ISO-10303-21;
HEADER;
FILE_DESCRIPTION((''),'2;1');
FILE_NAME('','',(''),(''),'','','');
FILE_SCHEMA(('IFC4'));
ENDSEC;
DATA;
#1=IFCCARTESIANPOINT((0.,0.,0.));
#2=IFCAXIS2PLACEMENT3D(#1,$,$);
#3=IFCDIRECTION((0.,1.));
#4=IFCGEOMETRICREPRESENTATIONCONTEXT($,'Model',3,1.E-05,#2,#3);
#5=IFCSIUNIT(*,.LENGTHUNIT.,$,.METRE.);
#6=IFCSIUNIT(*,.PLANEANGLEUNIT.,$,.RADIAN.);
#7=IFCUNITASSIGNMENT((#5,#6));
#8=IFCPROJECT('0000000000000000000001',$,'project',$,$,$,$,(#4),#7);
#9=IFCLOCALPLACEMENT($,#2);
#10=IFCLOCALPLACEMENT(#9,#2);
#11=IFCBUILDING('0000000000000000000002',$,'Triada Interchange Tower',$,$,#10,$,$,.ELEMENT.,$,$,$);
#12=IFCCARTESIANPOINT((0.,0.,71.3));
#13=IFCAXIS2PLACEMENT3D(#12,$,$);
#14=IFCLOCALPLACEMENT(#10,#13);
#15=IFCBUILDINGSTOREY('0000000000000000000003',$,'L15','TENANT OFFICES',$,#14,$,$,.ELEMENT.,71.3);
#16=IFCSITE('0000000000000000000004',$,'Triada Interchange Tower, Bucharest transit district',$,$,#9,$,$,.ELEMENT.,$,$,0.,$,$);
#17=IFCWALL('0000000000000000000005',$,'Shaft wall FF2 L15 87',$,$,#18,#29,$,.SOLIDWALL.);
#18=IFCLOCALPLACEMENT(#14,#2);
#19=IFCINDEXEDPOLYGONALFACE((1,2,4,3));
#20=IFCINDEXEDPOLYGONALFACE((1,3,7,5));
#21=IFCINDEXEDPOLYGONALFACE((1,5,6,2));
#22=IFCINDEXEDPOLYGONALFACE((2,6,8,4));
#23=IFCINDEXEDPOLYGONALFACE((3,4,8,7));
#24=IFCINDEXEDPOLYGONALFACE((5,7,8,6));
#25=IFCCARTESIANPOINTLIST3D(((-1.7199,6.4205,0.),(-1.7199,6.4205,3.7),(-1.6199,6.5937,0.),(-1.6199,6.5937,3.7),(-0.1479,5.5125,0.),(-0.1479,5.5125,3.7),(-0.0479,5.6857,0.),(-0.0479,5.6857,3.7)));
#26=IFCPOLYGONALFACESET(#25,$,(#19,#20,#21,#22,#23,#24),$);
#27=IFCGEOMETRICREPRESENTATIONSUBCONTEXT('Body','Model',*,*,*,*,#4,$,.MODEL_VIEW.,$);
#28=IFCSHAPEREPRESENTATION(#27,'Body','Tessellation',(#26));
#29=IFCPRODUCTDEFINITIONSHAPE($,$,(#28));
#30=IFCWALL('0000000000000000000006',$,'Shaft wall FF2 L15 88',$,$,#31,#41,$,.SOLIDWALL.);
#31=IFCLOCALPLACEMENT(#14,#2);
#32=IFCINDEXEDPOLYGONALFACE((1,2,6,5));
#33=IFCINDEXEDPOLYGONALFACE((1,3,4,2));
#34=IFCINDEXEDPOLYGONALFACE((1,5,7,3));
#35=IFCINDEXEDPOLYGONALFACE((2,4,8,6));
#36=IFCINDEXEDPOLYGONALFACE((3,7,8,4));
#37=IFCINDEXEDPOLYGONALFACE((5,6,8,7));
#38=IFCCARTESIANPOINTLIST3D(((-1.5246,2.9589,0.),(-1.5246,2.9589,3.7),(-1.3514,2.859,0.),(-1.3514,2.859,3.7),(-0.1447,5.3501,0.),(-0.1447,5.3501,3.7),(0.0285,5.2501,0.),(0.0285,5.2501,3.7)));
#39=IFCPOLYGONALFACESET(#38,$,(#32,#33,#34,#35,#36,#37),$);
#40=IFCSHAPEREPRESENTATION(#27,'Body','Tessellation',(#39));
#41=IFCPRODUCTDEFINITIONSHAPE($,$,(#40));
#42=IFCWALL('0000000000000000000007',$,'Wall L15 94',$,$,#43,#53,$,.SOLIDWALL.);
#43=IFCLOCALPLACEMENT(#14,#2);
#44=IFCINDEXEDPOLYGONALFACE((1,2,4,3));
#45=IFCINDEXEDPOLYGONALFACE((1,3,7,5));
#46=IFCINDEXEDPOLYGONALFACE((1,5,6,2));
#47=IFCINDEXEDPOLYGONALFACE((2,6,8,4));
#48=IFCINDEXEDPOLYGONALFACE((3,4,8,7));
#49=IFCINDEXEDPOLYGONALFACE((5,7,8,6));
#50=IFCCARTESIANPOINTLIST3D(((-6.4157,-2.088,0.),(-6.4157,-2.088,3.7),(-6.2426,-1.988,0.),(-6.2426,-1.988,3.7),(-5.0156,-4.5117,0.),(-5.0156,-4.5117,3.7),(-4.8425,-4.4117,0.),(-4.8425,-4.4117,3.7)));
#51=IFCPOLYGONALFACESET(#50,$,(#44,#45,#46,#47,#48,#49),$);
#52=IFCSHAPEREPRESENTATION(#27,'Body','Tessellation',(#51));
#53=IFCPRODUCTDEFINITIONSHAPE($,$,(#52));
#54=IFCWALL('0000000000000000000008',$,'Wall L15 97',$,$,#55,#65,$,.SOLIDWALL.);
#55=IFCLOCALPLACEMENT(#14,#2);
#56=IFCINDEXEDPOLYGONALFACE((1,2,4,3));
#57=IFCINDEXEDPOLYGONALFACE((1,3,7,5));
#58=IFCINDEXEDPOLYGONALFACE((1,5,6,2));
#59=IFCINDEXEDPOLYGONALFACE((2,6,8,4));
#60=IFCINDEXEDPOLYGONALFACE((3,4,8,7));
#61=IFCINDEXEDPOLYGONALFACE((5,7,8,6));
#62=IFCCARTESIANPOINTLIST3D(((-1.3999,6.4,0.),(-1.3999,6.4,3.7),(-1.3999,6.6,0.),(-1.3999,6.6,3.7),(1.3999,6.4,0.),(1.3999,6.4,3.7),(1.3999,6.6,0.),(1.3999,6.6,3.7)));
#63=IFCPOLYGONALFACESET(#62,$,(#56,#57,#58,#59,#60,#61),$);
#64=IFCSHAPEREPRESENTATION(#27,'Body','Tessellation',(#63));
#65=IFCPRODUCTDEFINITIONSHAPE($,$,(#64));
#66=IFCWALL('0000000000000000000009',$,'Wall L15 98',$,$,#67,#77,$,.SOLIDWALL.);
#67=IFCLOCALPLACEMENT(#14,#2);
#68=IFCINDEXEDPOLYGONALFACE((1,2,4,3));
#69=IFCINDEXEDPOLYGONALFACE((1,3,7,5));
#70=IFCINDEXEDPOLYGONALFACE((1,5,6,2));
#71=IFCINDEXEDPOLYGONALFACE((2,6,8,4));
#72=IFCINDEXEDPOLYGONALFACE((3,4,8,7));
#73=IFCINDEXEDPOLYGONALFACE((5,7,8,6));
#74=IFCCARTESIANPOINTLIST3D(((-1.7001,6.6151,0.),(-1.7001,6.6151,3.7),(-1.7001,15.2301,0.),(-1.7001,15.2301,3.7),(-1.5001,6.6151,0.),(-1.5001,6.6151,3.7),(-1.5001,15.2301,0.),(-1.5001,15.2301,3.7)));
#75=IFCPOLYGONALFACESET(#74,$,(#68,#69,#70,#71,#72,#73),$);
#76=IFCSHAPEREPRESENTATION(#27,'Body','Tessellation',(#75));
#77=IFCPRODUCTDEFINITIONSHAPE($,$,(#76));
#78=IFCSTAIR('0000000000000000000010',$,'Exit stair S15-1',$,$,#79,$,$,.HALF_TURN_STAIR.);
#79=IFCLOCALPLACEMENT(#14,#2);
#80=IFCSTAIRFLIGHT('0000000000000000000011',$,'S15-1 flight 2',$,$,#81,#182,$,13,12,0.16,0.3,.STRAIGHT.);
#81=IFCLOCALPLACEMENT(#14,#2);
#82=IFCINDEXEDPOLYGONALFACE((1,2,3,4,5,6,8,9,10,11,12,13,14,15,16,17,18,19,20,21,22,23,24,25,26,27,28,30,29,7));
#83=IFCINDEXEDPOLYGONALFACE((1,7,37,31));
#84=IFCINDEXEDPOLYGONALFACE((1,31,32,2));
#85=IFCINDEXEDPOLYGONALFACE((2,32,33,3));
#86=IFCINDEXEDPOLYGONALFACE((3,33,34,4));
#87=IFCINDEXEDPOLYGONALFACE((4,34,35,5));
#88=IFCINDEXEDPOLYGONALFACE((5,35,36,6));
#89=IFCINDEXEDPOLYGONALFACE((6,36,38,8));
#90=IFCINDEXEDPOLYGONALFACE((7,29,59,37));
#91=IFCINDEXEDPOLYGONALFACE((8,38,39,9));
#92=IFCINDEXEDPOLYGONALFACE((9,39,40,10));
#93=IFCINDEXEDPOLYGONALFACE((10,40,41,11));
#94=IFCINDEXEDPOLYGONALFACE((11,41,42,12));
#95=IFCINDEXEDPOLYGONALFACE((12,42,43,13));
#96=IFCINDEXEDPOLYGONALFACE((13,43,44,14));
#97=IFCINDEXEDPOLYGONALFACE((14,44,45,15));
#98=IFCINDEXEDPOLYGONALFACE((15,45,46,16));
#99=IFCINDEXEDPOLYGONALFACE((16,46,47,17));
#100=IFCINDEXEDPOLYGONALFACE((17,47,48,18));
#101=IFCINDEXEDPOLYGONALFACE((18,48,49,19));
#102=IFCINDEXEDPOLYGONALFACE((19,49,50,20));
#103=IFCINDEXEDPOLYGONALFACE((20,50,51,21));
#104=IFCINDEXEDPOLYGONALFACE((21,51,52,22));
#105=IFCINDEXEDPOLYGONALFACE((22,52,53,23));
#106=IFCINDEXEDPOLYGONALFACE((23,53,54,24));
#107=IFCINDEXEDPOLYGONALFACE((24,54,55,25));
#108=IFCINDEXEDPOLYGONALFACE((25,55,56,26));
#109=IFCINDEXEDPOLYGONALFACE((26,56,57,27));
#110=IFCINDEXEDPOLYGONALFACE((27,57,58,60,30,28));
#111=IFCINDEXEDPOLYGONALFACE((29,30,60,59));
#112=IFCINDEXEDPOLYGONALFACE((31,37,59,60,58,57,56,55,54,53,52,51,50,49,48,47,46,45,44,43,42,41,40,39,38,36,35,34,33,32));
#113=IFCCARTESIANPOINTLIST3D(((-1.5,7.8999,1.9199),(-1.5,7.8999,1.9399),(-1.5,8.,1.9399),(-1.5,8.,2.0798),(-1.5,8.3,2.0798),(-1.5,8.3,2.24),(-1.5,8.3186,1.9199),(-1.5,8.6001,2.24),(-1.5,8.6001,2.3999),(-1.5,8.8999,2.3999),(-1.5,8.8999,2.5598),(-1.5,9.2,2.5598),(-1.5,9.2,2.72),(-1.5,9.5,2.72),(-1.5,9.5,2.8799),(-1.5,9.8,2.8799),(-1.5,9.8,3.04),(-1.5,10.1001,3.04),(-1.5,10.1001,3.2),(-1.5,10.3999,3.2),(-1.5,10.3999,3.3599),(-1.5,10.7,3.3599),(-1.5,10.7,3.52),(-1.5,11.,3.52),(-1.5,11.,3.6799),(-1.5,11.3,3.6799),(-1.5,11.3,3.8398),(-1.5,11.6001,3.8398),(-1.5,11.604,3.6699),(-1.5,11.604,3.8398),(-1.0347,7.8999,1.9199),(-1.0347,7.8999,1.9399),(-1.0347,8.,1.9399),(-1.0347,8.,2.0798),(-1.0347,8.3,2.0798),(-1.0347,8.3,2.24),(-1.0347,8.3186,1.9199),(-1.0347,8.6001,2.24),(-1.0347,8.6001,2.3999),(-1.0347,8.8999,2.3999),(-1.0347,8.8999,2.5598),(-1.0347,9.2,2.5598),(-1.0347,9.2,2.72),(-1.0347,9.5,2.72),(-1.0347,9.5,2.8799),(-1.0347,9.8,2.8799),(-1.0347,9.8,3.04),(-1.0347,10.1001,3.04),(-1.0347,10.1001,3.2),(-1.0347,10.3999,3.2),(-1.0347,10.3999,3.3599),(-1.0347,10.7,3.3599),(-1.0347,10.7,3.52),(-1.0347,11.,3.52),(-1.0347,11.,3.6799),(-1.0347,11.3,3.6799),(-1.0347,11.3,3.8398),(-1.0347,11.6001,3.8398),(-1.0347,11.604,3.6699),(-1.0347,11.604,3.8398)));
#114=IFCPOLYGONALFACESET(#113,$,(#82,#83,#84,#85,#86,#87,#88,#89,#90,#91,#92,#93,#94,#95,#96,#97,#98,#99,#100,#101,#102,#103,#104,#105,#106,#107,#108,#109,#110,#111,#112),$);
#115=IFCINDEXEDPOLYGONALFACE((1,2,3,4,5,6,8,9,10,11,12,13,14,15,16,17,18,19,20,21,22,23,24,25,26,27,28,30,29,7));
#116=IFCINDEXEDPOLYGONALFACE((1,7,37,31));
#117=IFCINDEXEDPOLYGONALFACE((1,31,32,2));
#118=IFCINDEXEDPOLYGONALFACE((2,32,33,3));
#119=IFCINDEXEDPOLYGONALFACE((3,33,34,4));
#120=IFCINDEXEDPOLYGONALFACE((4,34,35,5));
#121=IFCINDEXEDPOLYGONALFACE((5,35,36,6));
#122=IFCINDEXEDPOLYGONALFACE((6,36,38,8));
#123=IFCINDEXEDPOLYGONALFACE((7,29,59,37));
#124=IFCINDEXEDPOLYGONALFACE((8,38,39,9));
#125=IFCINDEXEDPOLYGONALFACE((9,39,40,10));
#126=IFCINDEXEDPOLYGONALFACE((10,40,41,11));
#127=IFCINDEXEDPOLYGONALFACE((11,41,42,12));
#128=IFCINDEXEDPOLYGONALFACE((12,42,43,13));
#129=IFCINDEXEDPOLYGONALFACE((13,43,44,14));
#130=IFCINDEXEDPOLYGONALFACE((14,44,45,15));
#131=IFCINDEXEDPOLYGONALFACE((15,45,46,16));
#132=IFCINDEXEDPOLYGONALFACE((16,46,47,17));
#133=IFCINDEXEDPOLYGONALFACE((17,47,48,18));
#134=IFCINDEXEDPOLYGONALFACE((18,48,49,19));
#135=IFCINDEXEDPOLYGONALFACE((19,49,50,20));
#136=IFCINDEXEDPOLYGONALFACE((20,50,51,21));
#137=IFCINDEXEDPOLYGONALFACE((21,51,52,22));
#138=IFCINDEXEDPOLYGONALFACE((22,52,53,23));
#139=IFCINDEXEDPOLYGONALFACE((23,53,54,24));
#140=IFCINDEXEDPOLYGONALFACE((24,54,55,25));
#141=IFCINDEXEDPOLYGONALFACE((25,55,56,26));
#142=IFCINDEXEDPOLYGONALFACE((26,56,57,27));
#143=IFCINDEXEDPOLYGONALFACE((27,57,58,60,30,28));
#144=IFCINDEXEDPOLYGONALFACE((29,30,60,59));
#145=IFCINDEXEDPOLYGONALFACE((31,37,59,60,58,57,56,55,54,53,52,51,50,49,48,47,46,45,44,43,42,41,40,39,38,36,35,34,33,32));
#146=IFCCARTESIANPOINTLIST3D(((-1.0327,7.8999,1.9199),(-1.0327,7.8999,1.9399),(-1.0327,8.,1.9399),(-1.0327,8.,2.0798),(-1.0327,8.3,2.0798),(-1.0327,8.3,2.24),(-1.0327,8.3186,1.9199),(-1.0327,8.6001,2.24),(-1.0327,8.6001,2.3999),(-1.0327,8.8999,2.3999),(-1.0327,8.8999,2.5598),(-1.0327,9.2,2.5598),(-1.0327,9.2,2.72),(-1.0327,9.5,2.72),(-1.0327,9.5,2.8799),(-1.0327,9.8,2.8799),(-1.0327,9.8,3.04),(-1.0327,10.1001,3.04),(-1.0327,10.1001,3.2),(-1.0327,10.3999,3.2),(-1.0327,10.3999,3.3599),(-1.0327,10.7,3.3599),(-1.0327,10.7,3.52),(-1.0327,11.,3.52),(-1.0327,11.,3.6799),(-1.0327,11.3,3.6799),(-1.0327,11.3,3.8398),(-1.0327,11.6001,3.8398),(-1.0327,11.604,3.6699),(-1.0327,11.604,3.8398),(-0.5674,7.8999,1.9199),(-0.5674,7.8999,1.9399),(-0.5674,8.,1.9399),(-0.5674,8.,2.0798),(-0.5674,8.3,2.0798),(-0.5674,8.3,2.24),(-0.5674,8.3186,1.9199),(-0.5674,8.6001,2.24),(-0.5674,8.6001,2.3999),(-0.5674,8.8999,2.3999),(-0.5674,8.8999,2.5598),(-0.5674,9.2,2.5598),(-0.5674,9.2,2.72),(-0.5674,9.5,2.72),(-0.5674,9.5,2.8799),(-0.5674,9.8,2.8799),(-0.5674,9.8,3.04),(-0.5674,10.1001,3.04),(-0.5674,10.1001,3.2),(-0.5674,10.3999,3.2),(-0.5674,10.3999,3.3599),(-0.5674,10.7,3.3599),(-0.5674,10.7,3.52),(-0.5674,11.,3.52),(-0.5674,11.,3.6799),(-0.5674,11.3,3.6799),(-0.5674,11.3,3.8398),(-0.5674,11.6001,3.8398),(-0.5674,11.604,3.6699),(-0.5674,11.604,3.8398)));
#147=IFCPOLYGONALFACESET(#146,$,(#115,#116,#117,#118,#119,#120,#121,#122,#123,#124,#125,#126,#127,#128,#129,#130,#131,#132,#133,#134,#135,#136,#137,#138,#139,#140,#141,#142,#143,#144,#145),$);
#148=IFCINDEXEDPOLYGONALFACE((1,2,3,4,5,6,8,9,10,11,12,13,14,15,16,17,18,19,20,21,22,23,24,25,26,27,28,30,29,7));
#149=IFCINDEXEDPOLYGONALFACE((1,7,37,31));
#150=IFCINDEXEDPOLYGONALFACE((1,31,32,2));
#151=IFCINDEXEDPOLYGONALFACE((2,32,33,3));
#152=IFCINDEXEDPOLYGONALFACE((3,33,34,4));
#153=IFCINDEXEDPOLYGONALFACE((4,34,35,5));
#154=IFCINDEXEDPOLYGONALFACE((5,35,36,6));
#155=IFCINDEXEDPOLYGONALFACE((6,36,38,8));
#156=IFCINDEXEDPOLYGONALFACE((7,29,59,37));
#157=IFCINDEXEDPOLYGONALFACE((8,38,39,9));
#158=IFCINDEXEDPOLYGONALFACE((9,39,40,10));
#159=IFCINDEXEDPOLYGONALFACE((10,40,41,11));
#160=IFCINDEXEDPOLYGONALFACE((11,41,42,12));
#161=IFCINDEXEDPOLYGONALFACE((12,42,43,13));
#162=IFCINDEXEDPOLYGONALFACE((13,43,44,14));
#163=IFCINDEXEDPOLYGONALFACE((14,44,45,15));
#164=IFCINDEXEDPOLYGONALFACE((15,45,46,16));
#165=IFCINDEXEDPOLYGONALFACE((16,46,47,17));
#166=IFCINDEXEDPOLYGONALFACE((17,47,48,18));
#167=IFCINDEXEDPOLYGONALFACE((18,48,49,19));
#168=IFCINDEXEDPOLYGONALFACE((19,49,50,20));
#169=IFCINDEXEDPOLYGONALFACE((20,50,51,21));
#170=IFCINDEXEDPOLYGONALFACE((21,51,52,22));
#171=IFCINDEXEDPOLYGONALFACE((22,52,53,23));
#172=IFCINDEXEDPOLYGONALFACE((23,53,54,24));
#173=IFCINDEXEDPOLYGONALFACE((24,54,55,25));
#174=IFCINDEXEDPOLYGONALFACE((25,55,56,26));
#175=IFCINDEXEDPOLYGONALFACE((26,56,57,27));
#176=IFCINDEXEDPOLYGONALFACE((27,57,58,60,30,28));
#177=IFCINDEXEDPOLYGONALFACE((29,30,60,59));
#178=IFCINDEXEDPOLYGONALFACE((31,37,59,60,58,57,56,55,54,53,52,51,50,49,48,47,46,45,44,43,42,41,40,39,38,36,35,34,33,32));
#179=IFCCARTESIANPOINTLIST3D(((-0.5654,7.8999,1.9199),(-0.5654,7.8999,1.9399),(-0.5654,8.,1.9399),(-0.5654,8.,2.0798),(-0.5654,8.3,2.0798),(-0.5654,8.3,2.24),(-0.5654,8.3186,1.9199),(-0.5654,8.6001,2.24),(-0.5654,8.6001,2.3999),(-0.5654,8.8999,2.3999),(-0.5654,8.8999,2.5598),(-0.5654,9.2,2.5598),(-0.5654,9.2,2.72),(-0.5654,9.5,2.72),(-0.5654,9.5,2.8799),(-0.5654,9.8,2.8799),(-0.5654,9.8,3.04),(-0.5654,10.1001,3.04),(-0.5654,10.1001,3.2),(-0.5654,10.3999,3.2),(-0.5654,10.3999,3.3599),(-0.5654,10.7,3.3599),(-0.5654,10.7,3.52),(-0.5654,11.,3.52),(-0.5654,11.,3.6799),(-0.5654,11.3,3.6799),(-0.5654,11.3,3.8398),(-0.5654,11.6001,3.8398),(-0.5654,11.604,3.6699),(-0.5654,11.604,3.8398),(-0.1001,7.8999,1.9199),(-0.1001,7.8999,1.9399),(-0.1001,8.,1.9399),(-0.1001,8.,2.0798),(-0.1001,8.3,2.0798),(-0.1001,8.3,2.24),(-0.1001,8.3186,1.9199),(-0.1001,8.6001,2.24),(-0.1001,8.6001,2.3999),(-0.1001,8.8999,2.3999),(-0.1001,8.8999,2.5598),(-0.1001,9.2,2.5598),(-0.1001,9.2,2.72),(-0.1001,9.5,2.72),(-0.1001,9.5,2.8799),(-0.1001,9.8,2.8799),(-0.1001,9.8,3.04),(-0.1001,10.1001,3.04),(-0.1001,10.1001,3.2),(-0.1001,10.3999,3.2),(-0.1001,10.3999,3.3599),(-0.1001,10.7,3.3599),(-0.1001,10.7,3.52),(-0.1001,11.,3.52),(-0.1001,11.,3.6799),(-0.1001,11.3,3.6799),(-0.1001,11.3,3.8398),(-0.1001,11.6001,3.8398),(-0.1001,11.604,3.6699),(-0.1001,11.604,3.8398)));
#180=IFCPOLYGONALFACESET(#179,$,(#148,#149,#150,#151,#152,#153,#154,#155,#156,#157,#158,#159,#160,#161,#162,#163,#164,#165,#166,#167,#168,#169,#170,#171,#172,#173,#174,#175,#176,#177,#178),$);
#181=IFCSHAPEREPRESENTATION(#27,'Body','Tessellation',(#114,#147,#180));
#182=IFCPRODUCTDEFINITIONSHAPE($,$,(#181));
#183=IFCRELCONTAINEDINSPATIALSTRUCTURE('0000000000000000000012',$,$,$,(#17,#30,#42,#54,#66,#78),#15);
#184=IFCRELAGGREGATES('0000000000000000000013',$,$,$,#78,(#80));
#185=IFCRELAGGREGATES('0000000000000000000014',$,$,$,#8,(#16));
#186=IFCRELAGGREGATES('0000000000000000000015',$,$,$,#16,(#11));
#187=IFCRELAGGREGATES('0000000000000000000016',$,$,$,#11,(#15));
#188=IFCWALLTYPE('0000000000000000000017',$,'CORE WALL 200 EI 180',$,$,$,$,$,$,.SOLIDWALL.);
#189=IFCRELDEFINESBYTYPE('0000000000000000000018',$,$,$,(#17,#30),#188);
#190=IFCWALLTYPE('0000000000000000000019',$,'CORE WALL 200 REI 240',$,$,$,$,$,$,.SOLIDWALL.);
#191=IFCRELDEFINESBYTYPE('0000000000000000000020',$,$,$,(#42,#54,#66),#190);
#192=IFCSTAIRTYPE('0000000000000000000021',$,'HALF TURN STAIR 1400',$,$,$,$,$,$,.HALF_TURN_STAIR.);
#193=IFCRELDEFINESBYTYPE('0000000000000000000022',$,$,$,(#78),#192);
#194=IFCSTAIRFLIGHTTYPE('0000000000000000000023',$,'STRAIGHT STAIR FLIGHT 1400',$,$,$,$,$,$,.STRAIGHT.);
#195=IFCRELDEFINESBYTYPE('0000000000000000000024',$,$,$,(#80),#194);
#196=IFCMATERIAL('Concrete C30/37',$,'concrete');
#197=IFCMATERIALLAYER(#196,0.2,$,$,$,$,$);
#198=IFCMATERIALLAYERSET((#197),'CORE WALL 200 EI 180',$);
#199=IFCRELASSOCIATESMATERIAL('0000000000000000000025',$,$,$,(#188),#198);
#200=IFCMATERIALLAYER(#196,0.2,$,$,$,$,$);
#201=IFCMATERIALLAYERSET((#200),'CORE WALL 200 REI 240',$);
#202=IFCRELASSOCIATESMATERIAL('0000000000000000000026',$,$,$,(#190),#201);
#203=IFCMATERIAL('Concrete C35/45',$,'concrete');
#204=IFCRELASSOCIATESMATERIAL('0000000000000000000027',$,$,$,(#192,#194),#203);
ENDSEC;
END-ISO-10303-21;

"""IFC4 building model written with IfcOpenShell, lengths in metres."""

from ifc_helpers import new_model, si_unit, direction, frame, frame_2d, origin, place, context, subcontext, project, spatial, polyline, rectangle, outline, extrude, material, layer, layer_set, type_object, element, aggregate, save


model = new_model("IFC4")

# Units and contexts
model_context = context("Model", 3, precision=1e-05, world=origin(), true_north=direction((0.0, 1.0)))
body_context = subcontext(model_context, "Body", "Model", "MODEL_VIEW")
ifc_project = project(units=[si_unit("LENGTHUNIT", "METRE"), si_unit("PLANEANGLEUNIT", "RADIAN")], contexts=[model_context])

# Site, building, storey
site_placement = place(None, origin())
site = spatial("IfcSite", under=ifc_project, at=site_placement, Name="Triada Interchange Tower, Bucharest transit district", CompositionType="ELEMENT", RefElevation=0.0)
building_placement = place(site_placement, origin())
building = spatial("IfcBuilding", under=site, at=building_placement, Name="Triada Interchange Tower", CompositionType="ELEMENT")
storey_placement = place(building_placement, frame((0.0, 0.0, 71.3)))
storey = spatial("IfcBuildingStorey", under=building, at=storey_placement, Name="L15", Description="TENANT OFFICES", CompositionType="ELEMENT", Elevation=71.3)

# Shared definitions
ifc_material_1 = material(Name="Concrete C30/37", Category="concrete")
ifc_layer_1 = layer(ifc_material_1, 0.2)
ifc_layer_set_1 = layer_set([ifc_layer_1], Name="CORE WALL 200 EI 180")
wall_type_1 = type_object("IfcWallType", Name="CORE WALL 200 EI 180", PredefinedType="SOLIDWALL", material=ifc_layer_set_1)

# Walls
wall_1_placement = place(storey_placement, frame((-1.6699, 6.5071, 0.0), z_axis=(0.0, 0.0, 1.0), x_axis=(0.865941, -0.500145, 0.0)))
element("IfcWall", 1, at=wall_1_placement, inside=storey, type_object=wall_type_1, Name="Shaft wall FF2 L15 87", PredefinedType="SOLIDWALL", context=body_context, shape_type="SweptSolid", body=[
    extrude(rectangle(XDim=1.8154, YDim=0.2, at=frame_2d((0.9077, 0.0))), origin(), (0.0, 0.0, 1.0), 3.7),
])
wall_2_placement = place(storey_placement, frame((-1.438, 2.9089, 0.0), z_axis=(0.0, 0.0, 1.0), x_axis=(0.49983, 0.866124, 0.0)))
element("IfcWall", 2, at=wall_2_placement, inside=storey, type_object=wall_type_1, Name="Shaft wall FF2 L15 88", PredefinedType="SOLIDWALL", context=body_context, shape_type="SweptSolid", body=[
    extrude(rectangle(XDim=2.7607, YDim=0.2, at=frame_2d((1.3804, 0.0))), origin(), (0.0, 0.0, 1.0), 3.7),
])
ifc_layer_2 = layer(ifc_material_1, 0.2)
ifc_layer_set_2 = layer_set([ifc_layer_2], Name="CORE WALL 200 REI 240")
wall_type_2 = type_object("IfcWallType", Name="CORE WALL 200 REI 240", PredefinedType="SOLIDWALL", material=ifc_layer_set_2)
wall_3_placement = place(storey_placement, frame((-6.3291, -2.0381, 0.0), z_axis=(0.0, 0.0, 1.0), x_axis=(0.500201, -0.86591, 0.0)))
element("IfcWall", 3, at=wall_3_placement, inside=storey, type_object=wall_type_2, Name="Wall L15 94", PredefinedType="SOLIDWALL", context=body_context, shape_type="SweptSolid", body=[
    extrude(rectangle(XDim=2.7991, YDim=0.2, at=frame_2d((1.3994, 0.0))), origin(), (0.0, 0.0, 1.0), 3.7),
])
wall_4_placement = place(storey_placement, frame((-1.3999, 6.5, 0.0), z_axis=(0.0, 0.0, 1.0), x_axis=(1.0, 0.0, 0.0)))
element("IfcWall", 4, at=wall_4_placement, inside=storey, type_object=wall_type_2, Name="Wall L15 97", PredefinedType="SOLIDWALL", context=body_context, shape_type="SweptSolid", body=[
    extrude(rectangle(XDim=2.7998, YDim=0.2, at=frame_2d((1.3999, 0.0))), origin(), (0.0, 0.0, 1.0), 3.7),
])
wall_5_placement = place(storey_placement, frame((-1.6001, 6.615, 0.0), z_axis=(0.0, 0.0, 1.0), x_axis=(0.0, 1.0, 0.0)))
element("IfcWall", 5, at=wall_5_placement, inside=storey, type_object=wall_type_2, Name="Wall L15 98", PredefinedType="SOLIDWALL", context=body_context, shape_type="SweptSolid", body=[
    extrude(rectangle(XDim=8.615, YDim=0.2, at=frame_2d((4.3076, 0.0))), origin(), (0.0, 0.0, 1.0), 3.7),
])

# Stair, stair flight
ifc_material_2 = material(Name="Concrete C35/45", Category="concrete")
stair_type = type_object("IfcStairType", Name="HALF TURN STAIR 1400", PredefinedType="HALF_TURN_STAIR", material=ifc_material_2)
stair_placement = place(storey_placement, origin())
stair = element("IfcStair", 6, at=stair_placement, inside=storey, type_object=stair_type, Name="Exit stair S15-1", PredefinedType="HALF_TURN_STAIR")
stair_flight_type = type_object("IfcStairFlightType", Name="STRAIGHT STAIR FLIGHT 1400", PredefinedType="STRAIGHT", material=ifc_material_2)
stair_flight_placement = place(storey_placement, frame((-0.8, 8.0, 1.9199), z_axis=(0.0, 0.0, 1.0), x_axis=(0.0, 1.0, 0.0)))
stair_flight = element("IfcStairFlight", 7, at=stair_flight_placement, type_object=stair_flight_type, Name="S15-1 flight 2", NumberOfRisers=13, NumberOfTreads=12, PredefinedType="STRAIGHT", RiserHeight=0.16, TreadLength=0.3, context=body_context, shape_type="SweptSolid", body=[
    extrude(outline(polyline([(-0.1001, 0.0), (-0.1001, 0.02), (0.0, 0.02), (0.0, 0.1599), (0.3, 0.1599), (0.3, 0.3201), (0.6001, 0.3201), (0.6001, 0.48), (0.8999, 0.48), (0.8999, 0.6399), (1.2, 0.6399), (1.2, 0.8), (1.5, 0.8), (1.5, 0.96), (1.8, 0.96), (1.8, 1.1201), (2.1001, 1.1201), (2.1001, 1.28), (2.3999, 1.28), (2.3999, 1.4399), (2.7, 1.4399), (2.7, 1.6001), (3.0, 1.6001), (3.0, 1.76), (3.3, 1.76), (3.3, 1.9199), (3.6001, 1.9199), (3.604, 1.9199), (3.604, 2.0801), (3.604, 1.75), (0.3186, 0.0), (-0.1001, 0.0)])), frame((0.0, 0.7, 0.0), z_axis=(0.0, -1.0, 0.0), x_axis=(1.0, 0.0, 0.0)), (0.0, 0.0, 1.0), 0.4653),
    extrude(outline(polyline([(-0.1001, 0.0), (-0.1001, 0.02), (0.0, 0.02), (0.0, 0.1599), (0.3, 0.1599), (0.3, 0.3201), (0.6001, 0.3201), (0.6001, 0.48), (0.8999, 0.48), (0.8999, 0.6399), (1.2, 0.6399), (1.2, 0.8), (1.5, 0.8), (1.5, 0.96), (1.8, 0.96), (1.8, 1.1201), (2.1001, 1.1201), (2.1001, 1.28), (2.3999, 1.28), (2.3999, 1.4399), (2.7, 1.4399), (2.7, 1.6001), (3.0, 1.6001), (3.0, 1.76), (3.3, 1.76), (3.3, 1.9199), (3.6001, 1.9199), (3.604, 1.9199), (3.604, 2.0801), (3.604, 1.75), (0.3186, 0.0), (-0.1001, 0.0)])), frame((0.0, 0.2327, 0.0), z_axis=(0.0, -1.0, 0.0), x_axis=(1.0, 0.0, 0.0)), (0.0, 0.0, 1.0), 0.4653),
    extrude(outline(polyline([(-0.1001, 0.0), (-0.1001, 0.02), (0.0, 0.02), (0.0, 0.1599), (0.3, 0.1599), (0.3, 0.3201), (0.6001, 0.3201), (0.6001, 0.48), (0.8999, 0.48), (0.8999, 0.6399), (1.2, 0.6399), (1.2, 0.8), (1.5, 0.8), (1.5, 0.96), (1.8, 0.96), (1.8, 1.1201), (2.1001, 1.1201), (2.1001, 1.28), (2.3999, 1.28), (2.3999, 1.4399), (2.7, 1.4399), (2.7, 1.6001), (3.0, 1.6001), (3.0, 1.76), (3.3, 1.76), (3.3, 1.9199), (3.6001, 1.9199), (3.604, 1.9199), (3.604, 2.0801), (3.604, 1.75), (0.3186, 0.0), (-0.1001, 0.0)])), frame((0.0, -0.2346, 0.0), z_axis=(0.0, -1.0, 0.0), x_axis=(1.0, 0.0, 0.0)), (0.0, 0.0, 1.0), 0.4653),
])
aggregate(stair, [stair_flight])

save(model, "model.ifc")
